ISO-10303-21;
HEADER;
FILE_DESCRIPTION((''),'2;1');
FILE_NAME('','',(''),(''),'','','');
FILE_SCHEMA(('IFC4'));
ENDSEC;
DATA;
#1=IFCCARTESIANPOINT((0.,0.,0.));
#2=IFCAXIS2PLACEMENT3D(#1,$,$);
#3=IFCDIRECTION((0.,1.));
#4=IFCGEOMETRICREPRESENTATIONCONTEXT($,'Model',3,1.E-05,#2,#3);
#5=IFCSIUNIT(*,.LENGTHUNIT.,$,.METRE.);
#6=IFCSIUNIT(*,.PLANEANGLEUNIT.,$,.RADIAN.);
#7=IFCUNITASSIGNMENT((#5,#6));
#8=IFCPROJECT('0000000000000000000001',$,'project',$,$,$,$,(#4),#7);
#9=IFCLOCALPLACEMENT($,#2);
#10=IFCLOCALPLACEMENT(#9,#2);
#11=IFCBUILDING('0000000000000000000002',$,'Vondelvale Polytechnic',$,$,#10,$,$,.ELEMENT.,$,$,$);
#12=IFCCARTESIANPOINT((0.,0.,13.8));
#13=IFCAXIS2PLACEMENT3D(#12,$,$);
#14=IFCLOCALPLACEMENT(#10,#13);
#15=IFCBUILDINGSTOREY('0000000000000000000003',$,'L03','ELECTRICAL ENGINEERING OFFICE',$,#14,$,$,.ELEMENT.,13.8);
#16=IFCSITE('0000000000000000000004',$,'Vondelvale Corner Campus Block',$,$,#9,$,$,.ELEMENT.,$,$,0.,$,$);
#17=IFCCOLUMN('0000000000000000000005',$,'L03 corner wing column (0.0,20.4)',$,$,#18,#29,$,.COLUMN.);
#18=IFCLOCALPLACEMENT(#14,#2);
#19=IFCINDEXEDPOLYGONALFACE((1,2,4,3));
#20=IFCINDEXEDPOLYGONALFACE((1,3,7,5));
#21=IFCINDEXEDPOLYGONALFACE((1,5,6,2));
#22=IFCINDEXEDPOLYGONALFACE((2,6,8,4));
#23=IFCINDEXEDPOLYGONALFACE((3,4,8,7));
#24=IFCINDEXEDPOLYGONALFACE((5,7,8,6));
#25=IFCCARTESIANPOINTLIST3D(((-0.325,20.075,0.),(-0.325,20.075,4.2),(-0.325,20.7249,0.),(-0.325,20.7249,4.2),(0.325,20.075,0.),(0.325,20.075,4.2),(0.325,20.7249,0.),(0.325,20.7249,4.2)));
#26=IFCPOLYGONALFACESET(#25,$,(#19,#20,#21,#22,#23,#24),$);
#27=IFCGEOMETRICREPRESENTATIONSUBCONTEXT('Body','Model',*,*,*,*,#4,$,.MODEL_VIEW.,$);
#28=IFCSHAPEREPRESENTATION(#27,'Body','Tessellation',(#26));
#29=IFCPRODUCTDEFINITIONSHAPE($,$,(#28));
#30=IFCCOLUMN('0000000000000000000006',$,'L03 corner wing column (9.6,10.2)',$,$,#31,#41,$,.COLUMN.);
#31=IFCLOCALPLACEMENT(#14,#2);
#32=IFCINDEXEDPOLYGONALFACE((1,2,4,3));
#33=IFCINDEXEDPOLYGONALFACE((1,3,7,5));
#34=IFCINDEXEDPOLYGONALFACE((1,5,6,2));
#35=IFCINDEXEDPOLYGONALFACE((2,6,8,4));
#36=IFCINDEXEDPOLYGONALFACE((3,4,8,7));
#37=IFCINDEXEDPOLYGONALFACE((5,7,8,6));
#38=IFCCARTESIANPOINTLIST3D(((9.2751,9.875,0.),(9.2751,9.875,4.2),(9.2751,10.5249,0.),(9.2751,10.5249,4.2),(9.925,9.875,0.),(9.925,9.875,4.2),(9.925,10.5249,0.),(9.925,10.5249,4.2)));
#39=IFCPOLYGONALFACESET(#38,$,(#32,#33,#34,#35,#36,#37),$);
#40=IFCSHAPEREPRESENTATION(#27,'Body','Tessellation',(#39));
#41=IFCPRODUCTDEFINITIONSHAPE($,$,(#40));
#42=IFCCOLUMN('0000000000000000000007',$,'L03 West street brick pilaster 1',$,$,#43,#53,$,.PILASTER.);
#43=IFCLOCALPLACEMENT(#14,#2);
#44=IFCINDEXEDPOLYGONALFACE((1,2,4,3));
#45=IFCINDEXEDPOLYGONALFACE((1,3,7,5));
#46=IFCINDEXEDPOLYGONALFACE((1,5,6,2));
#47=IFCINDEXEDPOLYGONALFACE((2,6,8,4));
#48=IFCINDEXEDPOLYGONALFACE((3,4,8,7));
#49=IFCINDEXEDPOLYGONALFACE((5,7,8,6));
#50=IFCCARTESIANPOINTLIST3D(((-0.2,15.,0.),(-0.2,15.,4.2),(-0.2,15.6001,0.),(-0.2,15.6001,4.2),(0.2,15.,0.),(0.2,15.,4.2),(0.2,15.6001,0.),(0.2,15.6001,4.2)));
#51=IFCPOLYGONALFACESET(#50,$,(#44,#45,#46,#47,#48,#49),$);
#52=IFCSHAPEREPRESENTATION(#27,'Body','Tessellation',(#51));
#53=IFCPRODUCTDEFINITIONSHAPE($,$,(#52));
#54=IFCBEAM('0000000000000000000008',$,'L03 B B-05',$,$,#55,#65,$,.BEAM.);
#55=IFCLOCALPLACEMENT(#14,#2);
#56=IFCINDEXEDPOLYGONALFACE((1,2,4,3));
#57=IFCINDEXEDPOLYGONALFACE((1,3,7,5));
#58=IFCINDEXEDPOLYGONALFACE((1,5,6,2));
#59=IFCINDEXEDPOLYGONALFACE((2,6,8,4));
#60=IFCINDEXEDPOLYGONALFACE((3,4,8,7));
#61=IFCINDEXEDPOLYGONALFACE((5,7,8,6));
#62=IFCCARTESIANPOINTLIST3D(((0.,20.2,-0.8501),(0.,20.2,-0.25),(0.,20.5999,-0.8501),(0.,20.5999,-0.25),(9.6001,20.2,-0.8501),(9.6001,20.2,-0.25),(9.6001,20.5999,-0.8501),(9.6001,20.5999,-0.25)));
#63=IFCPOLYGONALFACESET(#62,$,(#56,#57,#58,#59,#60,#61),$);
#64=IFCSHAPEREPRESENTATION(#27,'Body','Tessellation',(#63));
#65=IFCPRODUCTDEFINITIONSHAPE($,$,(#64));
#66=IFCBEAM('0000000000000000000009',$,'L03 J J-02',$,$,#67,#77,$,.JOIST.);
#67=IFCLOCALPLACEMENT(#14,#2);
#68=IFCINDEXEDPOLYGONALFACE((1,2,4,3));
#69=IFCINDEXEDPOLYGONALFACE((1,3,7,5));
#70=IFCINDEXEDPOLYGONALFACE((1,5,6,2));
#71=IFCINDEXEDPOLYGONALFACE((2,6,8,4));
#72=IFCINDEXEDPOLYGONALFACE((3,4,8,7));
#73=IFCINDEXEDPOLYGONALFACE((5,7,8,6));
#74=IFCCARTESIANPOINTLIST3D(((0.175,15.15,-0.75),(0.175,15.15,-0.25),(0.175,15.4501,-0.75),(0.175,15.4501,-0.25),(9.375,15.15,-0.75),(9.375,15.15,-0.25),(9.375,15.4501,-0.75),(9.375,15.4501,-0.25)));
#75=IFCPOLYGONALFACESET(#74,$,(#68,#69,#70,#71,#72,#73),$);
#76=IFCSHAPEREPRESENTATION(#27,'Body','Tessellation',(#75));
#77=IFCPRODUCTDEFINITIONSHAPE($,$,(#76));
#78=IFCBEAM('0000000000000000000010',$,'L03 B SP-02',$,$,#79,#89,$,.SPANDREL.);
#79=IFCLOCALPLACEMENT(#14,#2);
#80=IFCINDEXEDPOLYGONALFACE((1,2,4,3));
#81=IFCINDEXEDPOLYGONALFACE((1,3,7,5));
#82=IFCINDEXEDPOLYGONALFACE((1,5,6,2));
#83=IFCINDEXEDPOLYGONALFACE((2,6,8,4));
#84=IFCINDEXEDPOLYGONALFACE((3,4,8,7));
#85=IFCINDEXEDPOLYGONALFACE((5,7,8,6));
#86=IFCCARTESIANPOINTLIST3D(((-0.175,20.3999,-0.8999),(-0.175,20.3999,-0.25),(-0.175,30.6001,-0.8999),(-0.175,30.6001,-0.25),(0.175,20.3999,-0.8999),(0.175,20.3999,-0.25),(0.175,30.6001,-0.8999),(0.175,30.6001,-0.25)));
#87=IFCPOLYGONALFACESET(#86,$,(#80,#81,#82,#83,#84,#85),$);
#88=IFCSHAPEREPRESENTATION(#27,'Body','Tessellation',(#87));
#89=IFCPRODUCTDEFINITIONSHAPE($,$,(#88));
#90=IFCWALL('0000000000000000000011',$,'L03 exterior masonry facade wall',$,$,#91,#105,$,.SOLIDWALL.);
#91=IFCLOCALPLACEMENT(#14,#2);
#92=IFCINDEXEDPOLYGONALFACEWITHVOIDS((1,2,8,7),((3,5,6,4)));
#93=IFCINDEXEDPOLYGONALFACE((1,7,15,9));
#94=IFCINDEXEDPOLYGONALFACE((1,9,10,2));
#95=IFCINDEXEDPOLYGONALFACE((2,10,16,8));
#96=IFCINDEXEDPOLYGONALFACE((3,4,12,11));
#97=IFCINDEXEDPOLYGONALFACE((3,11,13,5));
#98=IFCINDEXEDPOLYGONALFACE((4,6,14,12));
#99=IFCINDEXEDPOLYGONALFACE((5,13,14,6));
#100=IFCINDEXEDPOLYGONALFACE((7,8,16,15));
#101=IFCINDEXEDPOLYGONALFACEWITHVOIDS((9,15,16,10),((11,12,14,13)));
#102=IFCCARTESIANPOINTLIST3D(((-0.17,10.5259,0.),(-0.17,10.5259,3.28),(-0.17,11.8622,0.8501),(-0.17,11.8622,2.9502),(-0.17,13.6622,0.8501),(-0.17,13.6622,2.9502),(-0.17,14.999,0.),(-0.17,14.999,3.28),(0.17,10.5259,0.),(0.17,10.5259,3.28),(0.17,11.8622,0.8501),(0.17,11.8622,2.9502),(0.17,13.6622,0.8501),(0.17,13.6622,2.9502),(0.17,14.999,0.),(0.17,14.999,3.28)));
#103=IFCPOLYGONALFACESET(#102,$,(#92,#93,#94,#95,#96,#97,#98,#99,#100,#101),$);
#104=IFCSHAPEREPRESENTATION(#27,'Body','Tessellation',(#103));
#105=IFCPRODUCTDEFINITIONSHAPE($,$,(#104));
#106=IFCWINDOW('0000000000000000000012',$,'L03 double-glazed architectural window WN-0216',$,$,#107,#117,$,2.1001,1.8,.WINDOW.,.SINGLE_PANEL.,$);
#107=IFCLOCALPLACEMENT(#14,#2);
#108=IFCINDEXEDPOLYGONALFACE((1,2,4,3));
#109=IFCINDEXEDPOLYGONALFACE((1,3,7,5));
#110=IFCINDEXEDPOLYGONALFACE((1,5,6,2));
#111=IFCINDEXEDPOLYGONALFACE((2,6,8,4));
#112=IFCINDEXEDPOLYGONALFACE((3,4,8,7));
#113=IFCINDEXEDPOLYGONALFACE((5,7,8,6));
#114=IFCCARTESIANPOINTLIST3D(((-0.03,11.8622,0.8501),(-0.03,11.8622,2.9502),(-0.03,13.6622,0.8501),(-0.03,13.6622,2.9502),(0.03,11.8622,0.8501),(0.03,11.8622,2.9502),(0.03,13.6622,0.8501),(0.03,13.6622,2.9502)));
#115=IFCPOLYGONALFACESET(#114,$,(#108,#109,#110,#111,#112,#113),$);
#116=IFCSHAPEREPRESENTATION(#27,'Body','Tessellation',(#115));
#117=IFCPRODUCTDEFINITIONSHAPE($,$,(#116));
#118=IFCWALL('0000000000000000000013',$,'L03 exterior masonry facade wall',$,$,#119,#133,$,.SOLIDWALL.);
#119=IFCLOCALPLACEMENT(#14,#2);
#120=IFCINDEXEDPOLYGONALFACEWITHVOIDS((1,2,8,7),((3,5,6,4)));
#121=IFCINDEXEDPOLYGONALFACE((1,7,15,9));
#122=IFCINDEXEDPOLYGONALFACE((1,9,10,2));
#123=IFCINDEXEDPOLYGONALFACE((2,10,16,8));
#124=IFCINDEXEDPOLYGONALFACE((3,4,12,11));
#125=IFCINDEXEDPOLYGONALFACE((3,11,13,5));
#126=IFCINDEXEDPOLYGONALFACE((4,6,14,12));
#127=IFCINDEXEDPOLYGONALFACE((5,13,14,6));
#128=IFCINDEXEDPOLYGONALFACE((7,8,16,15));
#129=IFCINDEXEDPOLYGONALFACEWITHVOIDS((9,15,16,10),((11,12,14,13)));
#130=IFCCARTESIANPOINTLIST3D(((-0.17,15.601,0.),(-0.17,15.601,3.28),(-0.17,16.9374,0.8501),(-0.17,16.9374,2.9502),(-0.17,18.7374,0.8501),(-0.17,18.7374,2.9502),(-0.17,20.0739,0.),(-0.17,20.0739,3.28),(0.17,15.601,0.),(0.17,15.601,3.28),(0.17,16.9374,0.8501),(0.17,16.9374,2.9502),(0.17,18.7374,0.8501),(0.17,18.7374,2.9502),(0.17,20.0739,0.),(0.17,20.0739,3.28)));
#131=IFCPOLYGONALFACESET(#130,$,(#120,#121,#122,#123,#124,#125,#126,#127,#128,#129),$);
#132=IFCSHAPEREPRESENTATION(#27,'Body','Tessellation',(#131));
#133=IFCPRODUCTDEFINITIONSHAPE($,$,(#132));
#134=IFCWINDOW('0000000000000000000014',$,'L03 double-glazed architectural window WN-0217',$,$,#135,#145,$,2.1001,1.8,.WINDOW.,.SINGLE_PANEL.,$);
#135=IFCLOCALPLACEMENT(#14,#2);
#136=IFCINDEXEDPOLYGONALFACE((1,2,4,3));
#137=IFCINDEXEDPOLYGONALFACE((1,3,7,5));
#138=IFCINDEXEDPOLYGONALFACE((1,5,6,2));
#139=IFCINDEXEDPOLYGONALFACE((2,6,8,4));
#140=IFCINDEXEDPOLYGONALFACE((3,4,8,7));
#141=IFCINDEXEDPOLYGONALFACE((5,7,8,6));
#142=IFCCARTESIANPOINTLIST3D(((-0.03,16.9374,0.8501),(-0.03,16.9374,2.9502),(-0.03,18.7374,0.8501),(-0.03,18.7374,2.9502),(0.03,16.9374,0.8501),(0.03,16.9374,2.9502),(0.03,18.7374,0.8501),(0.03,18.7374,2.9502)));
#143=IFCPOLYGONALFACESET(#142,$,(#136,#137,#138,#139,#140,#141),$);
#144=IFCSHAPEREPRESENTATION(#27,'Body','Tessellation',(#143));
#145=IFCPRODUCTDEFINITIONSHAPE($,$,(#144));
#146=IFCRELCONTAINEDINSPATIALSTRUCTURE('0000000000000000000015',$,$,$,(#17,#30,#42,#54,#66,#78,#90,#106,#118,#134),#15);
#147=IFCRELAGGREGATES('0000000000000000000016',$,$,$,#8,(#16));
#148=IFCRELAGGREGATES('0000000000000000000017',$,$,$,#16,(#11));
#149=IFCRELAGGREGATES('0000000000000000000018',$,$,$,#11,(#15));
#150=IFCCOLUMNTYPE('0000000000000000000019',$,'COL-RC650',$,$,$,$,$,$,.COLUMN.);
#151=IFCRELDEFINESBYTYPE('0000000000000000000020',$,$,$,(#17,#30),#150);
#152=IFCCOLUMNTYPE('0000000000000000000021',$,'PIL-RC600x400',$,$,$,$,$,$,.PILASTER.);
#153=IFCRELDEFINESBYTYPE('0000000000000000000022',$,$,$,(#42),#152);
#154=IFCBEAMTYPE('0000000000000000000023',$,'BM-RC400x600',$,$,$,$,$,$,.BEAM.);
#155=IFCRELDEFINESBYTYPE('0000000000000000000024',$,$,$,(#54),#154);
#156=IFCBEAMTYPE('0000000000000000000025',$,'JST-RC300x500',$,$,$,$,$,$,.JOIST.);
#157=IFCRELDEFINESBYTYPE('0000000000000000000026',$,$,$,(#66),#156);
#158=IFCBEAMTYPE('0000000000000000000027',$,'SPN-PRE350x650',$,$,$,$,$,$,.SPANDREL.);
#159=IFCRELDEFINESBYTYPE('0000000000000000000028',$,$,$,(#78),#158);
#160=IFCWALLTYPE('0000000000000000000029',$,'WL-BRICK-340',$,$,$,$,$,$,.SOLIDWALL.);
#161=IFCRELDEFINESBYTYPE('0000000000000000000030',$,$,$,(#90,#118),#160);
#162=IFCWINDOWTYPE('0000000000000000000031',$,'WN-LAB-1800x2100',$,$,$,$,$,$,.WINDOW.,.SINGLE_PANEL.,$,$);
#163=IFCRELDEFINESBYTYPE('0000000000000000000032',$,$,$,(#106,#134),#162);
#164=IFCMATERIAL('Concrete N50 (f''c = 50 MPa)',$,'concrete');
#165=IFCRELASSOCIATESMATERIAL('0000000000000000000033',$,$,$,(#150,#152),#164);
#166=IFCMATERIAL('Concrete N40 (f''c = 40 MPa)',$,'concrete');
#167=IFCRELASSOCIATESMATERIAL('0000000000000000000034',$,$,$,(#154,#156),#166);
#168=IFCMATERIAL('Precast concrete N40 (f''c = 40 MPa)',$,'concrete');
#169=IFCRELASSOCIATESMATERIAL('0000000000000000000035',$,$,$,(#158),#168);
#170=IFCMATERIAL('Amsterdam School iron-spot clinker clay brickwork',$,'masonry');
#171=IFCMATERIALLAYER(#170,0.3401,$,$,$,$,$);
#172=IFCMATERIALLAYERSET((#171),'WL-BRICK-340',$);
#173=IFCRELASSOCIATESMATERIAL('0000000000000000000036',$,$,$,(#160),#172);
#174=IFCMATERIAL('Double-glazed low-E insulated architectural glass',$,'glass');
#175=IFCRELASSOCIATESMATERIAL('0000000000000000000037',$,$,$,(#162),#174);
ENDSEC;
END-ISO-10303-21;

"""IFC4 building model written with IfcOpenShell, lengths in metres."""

from ifc_helpers import new_model, si_unit, direction, frame, frame_2d, origin, origin_2d, place, context, subcontext, project, spatial, rectangle, extrude, material, layer, layer_set, material_profile, profile_set, type_object, element, fill, save


model = new_model("IFC4")

# Units and contexts
model_context = context("Model", 3, precision=1e-05, world=origin(), true_north=direction((0.0, 1.0)))
body_context = subcontext(model_context, "Body", "Model", "MODEL_VIEW")
ifc_project = project(units=[si_unit("LENGTHUNIT", "METRE"), si_unit("PLANEANGLEUNIT", "RADIAN")], contexts=[model_context])

# Site, building, storey
site_placement = place(None, origin())
site = spatial("IfcSite", under=ifc_project, at=site_placement, Name="Vondelvale Corner Campus Block", CompositionType="ELEMENT", RefElevation=0.0)
building_placement = place(site_placement, origin())
building = spatial("IfcBuilding", under=site, at=building_placement, Name="Vondelvale Polytechnic", CompositionType="ELEMENT")
storey_placement = place(building_placement, frame((0.0, 0.0, 13.8)))
storey = spatial("IfcBuildingStorey", under=building, at=storey_placement, Name="L03", Description="ELECTRICAL ENGINEERING OFFICE", CompositionType="ELEMENT", Elevation=13.8)

# Columns
ifc_material_1 = material(Name="Concrete N50 (f'c = 50 MPa)", Category="concrete")
ifc_material_profile_1 = material_profile(ifc_material_1, rectangle(XDim=0.6499, YDim=0.6499, at=origin_2d()), Name="RC-COL-650x650")
ifc_profile_set_1 = profile_set([ifc_material_profile_1], Name="Concrete N50 (f'c = 50 MPa)")
column_type_1 = type_object("IfcColumnType", Name="COL-RC650", PredefinedType="COLUMN", material=ifc_profile_set_1)
for number, where, z_axis, x_axis, name in (
    (1, (0.0, 20.3999, 0.0), (0.0, 0.0, 1.0), (1.0, 0.0, 0.0), "L03 corner wing column (0.0,20.4)"),
    (2, (9.6001, 10.2, 0.0), (0.0, 0.0, 1.0), (1.0, 0.0, 0.0), "L03 corner wing column (9.6,10.2)"),
):
    element("IfcColumn", number, at=place(storey_placement, frame(where, z_axis=z_axis, x_axis=x_axis)), inside=storey, type_object=column_type_1, Name=name, PredefinedType="COLUMN", context=body_context, shape_type="SweptSolid", body=[
        extrude(rectangle(XDim=0.6499, YDim=0.6499, at=origin_2d()), origin(), (0.0, 0.0, 1.0), 4.2),
    ])
ifc_material_profile_2 = material_profile(ifc_material_1, rectangle(XDim=0.3999, YDim=0.6001, at=origin_2d()), Name="RC-PIL-600x400")
ifc_profile_set_2 = profile_set([ifc_material_profile_2], Name="Concrete N50 (f'c = 50 MPa)")
column_type_2 = type_object("IfcColumnType", Name="PIL-RC600x400", PredefinedType="PILASTER", material=ifc_profile_set_2)
column_placement = place(storey_placement, frame((0.0, 15.3, 0.0), z_axis=(0.0, 0.0, 1.0), x_axis=(1.0, 0.0, 0.0)))
element("IfcColumn", 3, at=column_placement, inside=storey, type_object=column_type_2, Name="L03 West street brick pilaster 1", PredefinedType="PILASTER", context=body_context, shape_type="SweptSolid", body=[
    extrude(rectangle(XDim=0.3999, YDim=0.6001, at=origin_2d()), origin(), (0.0, 0.0, 1.0), 4.2),
])

# Beams
ifc_material_2 = material(Name="Concrete N40 (f'c = 40 MPa)", Category="concrete")
ifc_material_profile_3 = material_profile(ifc_material_2, rectangle(XDim=0.3999, YDim=0.6001, at=origin_2d()), Name="RC-BM-400x600")
ifc_profile_set_3 = profile_set([ifc_material_profile_3], Name="Concrete N40 (f'c = 40 MPa)")
beam_type_1 = type_object("IfcBeamType", Name="BM-RC400x600", PredefinedType="BEAM", material=ifc_profile_set_3)
beam_1_placement = place(storey_placement, frame((0.0, 20.3999, -0.55), z_axis=(1.0, 0.0, 0.0), x_axis=(0.0, 1.0, 0.0)))
element("IfcBeam", 4, at=beam_1_placement, inside=storey, type_object=beam_type_1, Name="L03 B B-05", PredefinedType="BEAM", context=body_context, shape_type="SweptSolid", body=[
    extrude(rectangle(XDim=0.3999, YDim=0.6001, at=origin_2d()), origin(), (0.0, 0.0, 1.0), 9.6001),
])
ifc_material_profile_4 = material_profile(ifc_material_2, rectangle(XDim=0.3, YDim=0.5, at=origin_2d()), Name="RC-JST-300x500")
ifc_profile_set_4 = profile_set([ifc_material_profile_4], Name="Concrete N40 (f'c = 40 MPa)")
beam_type_2 = type_object("IfcBeamType", Name="JST-RC300x500", PredefinedType="JOIST", material=ifc_profile_set_4)
beam_2_placement = place(storey_placement, frame((0.175, 15.3, -0.5), z_axis=(1.0, 0.0, 0.0), x_axis=(0.0, 1.0, 0.0)))
element("IfcBeam", 5, at=beam_2_placement, inside=storey, type_object=beam_type_2, Name="L03 J J-02", PredefinedType="JOIST", context=body_context, shape_type="SweptSolid", body=[
    extrude(rectangle(XDim=0.3, YDim=0.5, at=origin_2d()), origin(), (0.0, 0.0, 1.0), 9.2),
])
ifc_material_3 = material(Name="Precast concrete N40 (f'c = 40 MPa)", Category="concrete")
ifc_material_profile_5 = material_profile(ifc_material_3, rectangle(XDim=0.3501, YDim=0.6499, at=origin_2d()), Name="RC-SPN-350x650")
ifc_profile_set_5 = profile_set([ifc_material_profile_5], Name="Precast concrete N40 (f'c = 40 MPa)")
beam_type_3 = type_object("IfcBeamType", Name="SPN-PRE350x650", PredefinedType="SPANDREL", material=ifc_profile_set_5)
beam_3_placement = place(storey_placement, frame((0.0, 20.3999, -0.575), z_axis=(0.0, 1.0, 0.0), x_axis=(-1.0, 0.0, 0.0)))
element("IfcBeam", 6, at=beam_3_placement, inside=storey, type_object=beam_type_3, Name="L03 B SP-02", PredefinedType="SPANDREL", context=body_context, shape_type="SweptSolid", body=[
    extrude(rectangle(XDim=0.3501, YDim=0.6499, at=origin_2d()), origin(), (0.0, 0.0, 1.0), 10.2002),
])

# Walls, openings, windows
ifc_material_4 = material(Name="Amsterdam School iron-spot clinker clay brickwork", Category="masonry")
ifc_layer_1 = layer(ifc_material_4, 0.3401)
ifc_layer_set_1 = layer_set([ifc_layer_1], Name="WL-BRICK-340")
wall_type_1 = type_object("IfcWallType", Name="WL-BRICK-340", PredefinedType="SOLIDWALL", material=ifc_layer_set_1)
wall_1_placement = place(storey_placement, frame((0.0, 10.5259, 0.0), z_axis=(0.0, 0.0, 1.0), x_axis=(0.0, 1.0, 0.0)))
wall_1 = element("IfcWall", 7, at=wall_1_placement, inside=storey, type_object=wall_type_1, Name="L03 exterior masonry facade wall", PredefinedType="SOLIDWALL", context=body_context, shape_type="SweptSolid", body=[
    extrude(rectangle(XDim=4.4731, YDim=0.3401, at=frame_2d((2.2366, 0.0))), origin(), (0.0, 0.0, 1.0), 3.28),
])
opening_1_placement = place(wall_1_placement, frame((1.3364, 0.0, 0.8501)))
opening_1 = element("IfcOpeningElement", 8, at=opening_1_placement, cuts=wall_1, PredefinedType="OPENING", context=body_context, shape_type="SweptSolid", body=[
    extrude(rectangle(XDim=1.8, YDim=2.1001, at=frame_2d((0.8999, 1.05))), frame((0.0, 0.1799, 0.0), z_axis=(0.0, -1.0, 0.0), x_axis=(1.0, 0.0, 0.0)), (0.0, 0.0, 1.0), 0.3601),
])
ifc_material_5 = material(Name="Double-glazed low-E insulated architectural glass", Category="glass")
window_type_1 = type_object("IfcWindowType", Name="WN-LAB-1800x2100", PartitioningType="SINGLE_PANEL", PredefinedType="WINDOW", material=ifc_material_5)
window_1_placement = place(opening_1_placement, origin())
window_1 = element("IfcWindow", 9, at=window_1_placement, inside=storey, type_object=window_type_1, Name="L03 double-glazed architectural window WN-0216", OverallHeight=2.1001, OverallWidth=1.8, PartitioningType="SINGLE_PANEL", PredefinedType="WINDOW", context=body_context, shape_type="SweptSolid", body=[
    extrude(rectangle(XDim=1.8, YDim=2.1001, at=frame_2d((0.8999, 1.05))), frame((0.0, 0.03, 0.0), z_axis=(0.0, -1.0, 0.0), x_axis=(1.0, 0.0, 0.0)), (0.0, 0.0, 1.0), 0.0601),
])
fill(opening_1, window_1)
wall_2_placement = place(storey_placement, frame((0.0, 15.6011, 0.0), z_axis=(0.0, 0.0, 1.0), x_axis=(0.0, 1.0, 0.0)))
wall_2 = element("IfcWall", 10, at=wall_2_placement, inside=storey, type_object=wall_type_1, Name="L03 exterior masonry facade wall", PredefinedType="SOLIDWALL", context=body_context, shape_type="SweptSolid", body=[
    extrude(rectangle(XDim=4.4729, YDim=0.3401, at=frame_2d((2.2363, 0.0))), origin(), (0.0, 0.0, 1.0), 3.28),
])
opening_2_placement = place(wall_2_placement, frame((1.3364, 0.0, 0.8501)))
opening_2 = element("IfcOpeningElement", 11, at=opening_2_placement, cuts=wall_2, PredefinedType="OPENING", context=body_context, shape_type="SweptSolid", body=[
    extrude(rectangle(XDim=1.8, YDim=2.1001, at=frame_2d((0.8999, 1.05))), frame((0.0, 0.1799, 0.0), z_axis=(0.0, -1.0, 0.0), x_axis=(1.0, 0.0, 0.0)), (0.0, 0.0, 1.0), 0.3601),
])
window_2_placement = place(opening_2_placement, origin())
window_2 = element("IfcWindow", 12, at=window_2_placement, inside=storey, type_object=window_type_1, Name="L03 double-glazed architectural window WN-0217", OverallHeight=2.1001, OverallWidth=1.8, PartitioningType="SINGLE_PANEL", PredefinedType="WINDOW", context=body_context, shape_type="SweptSolid", body=[
    extrude(rectangle(XDim=1.8, YDim=2.1001, at=frame_2d((0.8999, 1.05))), frame((0.0, 0.03, 0.0), z_axis=(0.0, -1.0, 0.0), x_axis=(1.0, 0.0, 0.0)), (0.0, 0.0, 1.0), 0.0601),
])
fill(opening_2, window_2)

save(model, "model.ifc")
